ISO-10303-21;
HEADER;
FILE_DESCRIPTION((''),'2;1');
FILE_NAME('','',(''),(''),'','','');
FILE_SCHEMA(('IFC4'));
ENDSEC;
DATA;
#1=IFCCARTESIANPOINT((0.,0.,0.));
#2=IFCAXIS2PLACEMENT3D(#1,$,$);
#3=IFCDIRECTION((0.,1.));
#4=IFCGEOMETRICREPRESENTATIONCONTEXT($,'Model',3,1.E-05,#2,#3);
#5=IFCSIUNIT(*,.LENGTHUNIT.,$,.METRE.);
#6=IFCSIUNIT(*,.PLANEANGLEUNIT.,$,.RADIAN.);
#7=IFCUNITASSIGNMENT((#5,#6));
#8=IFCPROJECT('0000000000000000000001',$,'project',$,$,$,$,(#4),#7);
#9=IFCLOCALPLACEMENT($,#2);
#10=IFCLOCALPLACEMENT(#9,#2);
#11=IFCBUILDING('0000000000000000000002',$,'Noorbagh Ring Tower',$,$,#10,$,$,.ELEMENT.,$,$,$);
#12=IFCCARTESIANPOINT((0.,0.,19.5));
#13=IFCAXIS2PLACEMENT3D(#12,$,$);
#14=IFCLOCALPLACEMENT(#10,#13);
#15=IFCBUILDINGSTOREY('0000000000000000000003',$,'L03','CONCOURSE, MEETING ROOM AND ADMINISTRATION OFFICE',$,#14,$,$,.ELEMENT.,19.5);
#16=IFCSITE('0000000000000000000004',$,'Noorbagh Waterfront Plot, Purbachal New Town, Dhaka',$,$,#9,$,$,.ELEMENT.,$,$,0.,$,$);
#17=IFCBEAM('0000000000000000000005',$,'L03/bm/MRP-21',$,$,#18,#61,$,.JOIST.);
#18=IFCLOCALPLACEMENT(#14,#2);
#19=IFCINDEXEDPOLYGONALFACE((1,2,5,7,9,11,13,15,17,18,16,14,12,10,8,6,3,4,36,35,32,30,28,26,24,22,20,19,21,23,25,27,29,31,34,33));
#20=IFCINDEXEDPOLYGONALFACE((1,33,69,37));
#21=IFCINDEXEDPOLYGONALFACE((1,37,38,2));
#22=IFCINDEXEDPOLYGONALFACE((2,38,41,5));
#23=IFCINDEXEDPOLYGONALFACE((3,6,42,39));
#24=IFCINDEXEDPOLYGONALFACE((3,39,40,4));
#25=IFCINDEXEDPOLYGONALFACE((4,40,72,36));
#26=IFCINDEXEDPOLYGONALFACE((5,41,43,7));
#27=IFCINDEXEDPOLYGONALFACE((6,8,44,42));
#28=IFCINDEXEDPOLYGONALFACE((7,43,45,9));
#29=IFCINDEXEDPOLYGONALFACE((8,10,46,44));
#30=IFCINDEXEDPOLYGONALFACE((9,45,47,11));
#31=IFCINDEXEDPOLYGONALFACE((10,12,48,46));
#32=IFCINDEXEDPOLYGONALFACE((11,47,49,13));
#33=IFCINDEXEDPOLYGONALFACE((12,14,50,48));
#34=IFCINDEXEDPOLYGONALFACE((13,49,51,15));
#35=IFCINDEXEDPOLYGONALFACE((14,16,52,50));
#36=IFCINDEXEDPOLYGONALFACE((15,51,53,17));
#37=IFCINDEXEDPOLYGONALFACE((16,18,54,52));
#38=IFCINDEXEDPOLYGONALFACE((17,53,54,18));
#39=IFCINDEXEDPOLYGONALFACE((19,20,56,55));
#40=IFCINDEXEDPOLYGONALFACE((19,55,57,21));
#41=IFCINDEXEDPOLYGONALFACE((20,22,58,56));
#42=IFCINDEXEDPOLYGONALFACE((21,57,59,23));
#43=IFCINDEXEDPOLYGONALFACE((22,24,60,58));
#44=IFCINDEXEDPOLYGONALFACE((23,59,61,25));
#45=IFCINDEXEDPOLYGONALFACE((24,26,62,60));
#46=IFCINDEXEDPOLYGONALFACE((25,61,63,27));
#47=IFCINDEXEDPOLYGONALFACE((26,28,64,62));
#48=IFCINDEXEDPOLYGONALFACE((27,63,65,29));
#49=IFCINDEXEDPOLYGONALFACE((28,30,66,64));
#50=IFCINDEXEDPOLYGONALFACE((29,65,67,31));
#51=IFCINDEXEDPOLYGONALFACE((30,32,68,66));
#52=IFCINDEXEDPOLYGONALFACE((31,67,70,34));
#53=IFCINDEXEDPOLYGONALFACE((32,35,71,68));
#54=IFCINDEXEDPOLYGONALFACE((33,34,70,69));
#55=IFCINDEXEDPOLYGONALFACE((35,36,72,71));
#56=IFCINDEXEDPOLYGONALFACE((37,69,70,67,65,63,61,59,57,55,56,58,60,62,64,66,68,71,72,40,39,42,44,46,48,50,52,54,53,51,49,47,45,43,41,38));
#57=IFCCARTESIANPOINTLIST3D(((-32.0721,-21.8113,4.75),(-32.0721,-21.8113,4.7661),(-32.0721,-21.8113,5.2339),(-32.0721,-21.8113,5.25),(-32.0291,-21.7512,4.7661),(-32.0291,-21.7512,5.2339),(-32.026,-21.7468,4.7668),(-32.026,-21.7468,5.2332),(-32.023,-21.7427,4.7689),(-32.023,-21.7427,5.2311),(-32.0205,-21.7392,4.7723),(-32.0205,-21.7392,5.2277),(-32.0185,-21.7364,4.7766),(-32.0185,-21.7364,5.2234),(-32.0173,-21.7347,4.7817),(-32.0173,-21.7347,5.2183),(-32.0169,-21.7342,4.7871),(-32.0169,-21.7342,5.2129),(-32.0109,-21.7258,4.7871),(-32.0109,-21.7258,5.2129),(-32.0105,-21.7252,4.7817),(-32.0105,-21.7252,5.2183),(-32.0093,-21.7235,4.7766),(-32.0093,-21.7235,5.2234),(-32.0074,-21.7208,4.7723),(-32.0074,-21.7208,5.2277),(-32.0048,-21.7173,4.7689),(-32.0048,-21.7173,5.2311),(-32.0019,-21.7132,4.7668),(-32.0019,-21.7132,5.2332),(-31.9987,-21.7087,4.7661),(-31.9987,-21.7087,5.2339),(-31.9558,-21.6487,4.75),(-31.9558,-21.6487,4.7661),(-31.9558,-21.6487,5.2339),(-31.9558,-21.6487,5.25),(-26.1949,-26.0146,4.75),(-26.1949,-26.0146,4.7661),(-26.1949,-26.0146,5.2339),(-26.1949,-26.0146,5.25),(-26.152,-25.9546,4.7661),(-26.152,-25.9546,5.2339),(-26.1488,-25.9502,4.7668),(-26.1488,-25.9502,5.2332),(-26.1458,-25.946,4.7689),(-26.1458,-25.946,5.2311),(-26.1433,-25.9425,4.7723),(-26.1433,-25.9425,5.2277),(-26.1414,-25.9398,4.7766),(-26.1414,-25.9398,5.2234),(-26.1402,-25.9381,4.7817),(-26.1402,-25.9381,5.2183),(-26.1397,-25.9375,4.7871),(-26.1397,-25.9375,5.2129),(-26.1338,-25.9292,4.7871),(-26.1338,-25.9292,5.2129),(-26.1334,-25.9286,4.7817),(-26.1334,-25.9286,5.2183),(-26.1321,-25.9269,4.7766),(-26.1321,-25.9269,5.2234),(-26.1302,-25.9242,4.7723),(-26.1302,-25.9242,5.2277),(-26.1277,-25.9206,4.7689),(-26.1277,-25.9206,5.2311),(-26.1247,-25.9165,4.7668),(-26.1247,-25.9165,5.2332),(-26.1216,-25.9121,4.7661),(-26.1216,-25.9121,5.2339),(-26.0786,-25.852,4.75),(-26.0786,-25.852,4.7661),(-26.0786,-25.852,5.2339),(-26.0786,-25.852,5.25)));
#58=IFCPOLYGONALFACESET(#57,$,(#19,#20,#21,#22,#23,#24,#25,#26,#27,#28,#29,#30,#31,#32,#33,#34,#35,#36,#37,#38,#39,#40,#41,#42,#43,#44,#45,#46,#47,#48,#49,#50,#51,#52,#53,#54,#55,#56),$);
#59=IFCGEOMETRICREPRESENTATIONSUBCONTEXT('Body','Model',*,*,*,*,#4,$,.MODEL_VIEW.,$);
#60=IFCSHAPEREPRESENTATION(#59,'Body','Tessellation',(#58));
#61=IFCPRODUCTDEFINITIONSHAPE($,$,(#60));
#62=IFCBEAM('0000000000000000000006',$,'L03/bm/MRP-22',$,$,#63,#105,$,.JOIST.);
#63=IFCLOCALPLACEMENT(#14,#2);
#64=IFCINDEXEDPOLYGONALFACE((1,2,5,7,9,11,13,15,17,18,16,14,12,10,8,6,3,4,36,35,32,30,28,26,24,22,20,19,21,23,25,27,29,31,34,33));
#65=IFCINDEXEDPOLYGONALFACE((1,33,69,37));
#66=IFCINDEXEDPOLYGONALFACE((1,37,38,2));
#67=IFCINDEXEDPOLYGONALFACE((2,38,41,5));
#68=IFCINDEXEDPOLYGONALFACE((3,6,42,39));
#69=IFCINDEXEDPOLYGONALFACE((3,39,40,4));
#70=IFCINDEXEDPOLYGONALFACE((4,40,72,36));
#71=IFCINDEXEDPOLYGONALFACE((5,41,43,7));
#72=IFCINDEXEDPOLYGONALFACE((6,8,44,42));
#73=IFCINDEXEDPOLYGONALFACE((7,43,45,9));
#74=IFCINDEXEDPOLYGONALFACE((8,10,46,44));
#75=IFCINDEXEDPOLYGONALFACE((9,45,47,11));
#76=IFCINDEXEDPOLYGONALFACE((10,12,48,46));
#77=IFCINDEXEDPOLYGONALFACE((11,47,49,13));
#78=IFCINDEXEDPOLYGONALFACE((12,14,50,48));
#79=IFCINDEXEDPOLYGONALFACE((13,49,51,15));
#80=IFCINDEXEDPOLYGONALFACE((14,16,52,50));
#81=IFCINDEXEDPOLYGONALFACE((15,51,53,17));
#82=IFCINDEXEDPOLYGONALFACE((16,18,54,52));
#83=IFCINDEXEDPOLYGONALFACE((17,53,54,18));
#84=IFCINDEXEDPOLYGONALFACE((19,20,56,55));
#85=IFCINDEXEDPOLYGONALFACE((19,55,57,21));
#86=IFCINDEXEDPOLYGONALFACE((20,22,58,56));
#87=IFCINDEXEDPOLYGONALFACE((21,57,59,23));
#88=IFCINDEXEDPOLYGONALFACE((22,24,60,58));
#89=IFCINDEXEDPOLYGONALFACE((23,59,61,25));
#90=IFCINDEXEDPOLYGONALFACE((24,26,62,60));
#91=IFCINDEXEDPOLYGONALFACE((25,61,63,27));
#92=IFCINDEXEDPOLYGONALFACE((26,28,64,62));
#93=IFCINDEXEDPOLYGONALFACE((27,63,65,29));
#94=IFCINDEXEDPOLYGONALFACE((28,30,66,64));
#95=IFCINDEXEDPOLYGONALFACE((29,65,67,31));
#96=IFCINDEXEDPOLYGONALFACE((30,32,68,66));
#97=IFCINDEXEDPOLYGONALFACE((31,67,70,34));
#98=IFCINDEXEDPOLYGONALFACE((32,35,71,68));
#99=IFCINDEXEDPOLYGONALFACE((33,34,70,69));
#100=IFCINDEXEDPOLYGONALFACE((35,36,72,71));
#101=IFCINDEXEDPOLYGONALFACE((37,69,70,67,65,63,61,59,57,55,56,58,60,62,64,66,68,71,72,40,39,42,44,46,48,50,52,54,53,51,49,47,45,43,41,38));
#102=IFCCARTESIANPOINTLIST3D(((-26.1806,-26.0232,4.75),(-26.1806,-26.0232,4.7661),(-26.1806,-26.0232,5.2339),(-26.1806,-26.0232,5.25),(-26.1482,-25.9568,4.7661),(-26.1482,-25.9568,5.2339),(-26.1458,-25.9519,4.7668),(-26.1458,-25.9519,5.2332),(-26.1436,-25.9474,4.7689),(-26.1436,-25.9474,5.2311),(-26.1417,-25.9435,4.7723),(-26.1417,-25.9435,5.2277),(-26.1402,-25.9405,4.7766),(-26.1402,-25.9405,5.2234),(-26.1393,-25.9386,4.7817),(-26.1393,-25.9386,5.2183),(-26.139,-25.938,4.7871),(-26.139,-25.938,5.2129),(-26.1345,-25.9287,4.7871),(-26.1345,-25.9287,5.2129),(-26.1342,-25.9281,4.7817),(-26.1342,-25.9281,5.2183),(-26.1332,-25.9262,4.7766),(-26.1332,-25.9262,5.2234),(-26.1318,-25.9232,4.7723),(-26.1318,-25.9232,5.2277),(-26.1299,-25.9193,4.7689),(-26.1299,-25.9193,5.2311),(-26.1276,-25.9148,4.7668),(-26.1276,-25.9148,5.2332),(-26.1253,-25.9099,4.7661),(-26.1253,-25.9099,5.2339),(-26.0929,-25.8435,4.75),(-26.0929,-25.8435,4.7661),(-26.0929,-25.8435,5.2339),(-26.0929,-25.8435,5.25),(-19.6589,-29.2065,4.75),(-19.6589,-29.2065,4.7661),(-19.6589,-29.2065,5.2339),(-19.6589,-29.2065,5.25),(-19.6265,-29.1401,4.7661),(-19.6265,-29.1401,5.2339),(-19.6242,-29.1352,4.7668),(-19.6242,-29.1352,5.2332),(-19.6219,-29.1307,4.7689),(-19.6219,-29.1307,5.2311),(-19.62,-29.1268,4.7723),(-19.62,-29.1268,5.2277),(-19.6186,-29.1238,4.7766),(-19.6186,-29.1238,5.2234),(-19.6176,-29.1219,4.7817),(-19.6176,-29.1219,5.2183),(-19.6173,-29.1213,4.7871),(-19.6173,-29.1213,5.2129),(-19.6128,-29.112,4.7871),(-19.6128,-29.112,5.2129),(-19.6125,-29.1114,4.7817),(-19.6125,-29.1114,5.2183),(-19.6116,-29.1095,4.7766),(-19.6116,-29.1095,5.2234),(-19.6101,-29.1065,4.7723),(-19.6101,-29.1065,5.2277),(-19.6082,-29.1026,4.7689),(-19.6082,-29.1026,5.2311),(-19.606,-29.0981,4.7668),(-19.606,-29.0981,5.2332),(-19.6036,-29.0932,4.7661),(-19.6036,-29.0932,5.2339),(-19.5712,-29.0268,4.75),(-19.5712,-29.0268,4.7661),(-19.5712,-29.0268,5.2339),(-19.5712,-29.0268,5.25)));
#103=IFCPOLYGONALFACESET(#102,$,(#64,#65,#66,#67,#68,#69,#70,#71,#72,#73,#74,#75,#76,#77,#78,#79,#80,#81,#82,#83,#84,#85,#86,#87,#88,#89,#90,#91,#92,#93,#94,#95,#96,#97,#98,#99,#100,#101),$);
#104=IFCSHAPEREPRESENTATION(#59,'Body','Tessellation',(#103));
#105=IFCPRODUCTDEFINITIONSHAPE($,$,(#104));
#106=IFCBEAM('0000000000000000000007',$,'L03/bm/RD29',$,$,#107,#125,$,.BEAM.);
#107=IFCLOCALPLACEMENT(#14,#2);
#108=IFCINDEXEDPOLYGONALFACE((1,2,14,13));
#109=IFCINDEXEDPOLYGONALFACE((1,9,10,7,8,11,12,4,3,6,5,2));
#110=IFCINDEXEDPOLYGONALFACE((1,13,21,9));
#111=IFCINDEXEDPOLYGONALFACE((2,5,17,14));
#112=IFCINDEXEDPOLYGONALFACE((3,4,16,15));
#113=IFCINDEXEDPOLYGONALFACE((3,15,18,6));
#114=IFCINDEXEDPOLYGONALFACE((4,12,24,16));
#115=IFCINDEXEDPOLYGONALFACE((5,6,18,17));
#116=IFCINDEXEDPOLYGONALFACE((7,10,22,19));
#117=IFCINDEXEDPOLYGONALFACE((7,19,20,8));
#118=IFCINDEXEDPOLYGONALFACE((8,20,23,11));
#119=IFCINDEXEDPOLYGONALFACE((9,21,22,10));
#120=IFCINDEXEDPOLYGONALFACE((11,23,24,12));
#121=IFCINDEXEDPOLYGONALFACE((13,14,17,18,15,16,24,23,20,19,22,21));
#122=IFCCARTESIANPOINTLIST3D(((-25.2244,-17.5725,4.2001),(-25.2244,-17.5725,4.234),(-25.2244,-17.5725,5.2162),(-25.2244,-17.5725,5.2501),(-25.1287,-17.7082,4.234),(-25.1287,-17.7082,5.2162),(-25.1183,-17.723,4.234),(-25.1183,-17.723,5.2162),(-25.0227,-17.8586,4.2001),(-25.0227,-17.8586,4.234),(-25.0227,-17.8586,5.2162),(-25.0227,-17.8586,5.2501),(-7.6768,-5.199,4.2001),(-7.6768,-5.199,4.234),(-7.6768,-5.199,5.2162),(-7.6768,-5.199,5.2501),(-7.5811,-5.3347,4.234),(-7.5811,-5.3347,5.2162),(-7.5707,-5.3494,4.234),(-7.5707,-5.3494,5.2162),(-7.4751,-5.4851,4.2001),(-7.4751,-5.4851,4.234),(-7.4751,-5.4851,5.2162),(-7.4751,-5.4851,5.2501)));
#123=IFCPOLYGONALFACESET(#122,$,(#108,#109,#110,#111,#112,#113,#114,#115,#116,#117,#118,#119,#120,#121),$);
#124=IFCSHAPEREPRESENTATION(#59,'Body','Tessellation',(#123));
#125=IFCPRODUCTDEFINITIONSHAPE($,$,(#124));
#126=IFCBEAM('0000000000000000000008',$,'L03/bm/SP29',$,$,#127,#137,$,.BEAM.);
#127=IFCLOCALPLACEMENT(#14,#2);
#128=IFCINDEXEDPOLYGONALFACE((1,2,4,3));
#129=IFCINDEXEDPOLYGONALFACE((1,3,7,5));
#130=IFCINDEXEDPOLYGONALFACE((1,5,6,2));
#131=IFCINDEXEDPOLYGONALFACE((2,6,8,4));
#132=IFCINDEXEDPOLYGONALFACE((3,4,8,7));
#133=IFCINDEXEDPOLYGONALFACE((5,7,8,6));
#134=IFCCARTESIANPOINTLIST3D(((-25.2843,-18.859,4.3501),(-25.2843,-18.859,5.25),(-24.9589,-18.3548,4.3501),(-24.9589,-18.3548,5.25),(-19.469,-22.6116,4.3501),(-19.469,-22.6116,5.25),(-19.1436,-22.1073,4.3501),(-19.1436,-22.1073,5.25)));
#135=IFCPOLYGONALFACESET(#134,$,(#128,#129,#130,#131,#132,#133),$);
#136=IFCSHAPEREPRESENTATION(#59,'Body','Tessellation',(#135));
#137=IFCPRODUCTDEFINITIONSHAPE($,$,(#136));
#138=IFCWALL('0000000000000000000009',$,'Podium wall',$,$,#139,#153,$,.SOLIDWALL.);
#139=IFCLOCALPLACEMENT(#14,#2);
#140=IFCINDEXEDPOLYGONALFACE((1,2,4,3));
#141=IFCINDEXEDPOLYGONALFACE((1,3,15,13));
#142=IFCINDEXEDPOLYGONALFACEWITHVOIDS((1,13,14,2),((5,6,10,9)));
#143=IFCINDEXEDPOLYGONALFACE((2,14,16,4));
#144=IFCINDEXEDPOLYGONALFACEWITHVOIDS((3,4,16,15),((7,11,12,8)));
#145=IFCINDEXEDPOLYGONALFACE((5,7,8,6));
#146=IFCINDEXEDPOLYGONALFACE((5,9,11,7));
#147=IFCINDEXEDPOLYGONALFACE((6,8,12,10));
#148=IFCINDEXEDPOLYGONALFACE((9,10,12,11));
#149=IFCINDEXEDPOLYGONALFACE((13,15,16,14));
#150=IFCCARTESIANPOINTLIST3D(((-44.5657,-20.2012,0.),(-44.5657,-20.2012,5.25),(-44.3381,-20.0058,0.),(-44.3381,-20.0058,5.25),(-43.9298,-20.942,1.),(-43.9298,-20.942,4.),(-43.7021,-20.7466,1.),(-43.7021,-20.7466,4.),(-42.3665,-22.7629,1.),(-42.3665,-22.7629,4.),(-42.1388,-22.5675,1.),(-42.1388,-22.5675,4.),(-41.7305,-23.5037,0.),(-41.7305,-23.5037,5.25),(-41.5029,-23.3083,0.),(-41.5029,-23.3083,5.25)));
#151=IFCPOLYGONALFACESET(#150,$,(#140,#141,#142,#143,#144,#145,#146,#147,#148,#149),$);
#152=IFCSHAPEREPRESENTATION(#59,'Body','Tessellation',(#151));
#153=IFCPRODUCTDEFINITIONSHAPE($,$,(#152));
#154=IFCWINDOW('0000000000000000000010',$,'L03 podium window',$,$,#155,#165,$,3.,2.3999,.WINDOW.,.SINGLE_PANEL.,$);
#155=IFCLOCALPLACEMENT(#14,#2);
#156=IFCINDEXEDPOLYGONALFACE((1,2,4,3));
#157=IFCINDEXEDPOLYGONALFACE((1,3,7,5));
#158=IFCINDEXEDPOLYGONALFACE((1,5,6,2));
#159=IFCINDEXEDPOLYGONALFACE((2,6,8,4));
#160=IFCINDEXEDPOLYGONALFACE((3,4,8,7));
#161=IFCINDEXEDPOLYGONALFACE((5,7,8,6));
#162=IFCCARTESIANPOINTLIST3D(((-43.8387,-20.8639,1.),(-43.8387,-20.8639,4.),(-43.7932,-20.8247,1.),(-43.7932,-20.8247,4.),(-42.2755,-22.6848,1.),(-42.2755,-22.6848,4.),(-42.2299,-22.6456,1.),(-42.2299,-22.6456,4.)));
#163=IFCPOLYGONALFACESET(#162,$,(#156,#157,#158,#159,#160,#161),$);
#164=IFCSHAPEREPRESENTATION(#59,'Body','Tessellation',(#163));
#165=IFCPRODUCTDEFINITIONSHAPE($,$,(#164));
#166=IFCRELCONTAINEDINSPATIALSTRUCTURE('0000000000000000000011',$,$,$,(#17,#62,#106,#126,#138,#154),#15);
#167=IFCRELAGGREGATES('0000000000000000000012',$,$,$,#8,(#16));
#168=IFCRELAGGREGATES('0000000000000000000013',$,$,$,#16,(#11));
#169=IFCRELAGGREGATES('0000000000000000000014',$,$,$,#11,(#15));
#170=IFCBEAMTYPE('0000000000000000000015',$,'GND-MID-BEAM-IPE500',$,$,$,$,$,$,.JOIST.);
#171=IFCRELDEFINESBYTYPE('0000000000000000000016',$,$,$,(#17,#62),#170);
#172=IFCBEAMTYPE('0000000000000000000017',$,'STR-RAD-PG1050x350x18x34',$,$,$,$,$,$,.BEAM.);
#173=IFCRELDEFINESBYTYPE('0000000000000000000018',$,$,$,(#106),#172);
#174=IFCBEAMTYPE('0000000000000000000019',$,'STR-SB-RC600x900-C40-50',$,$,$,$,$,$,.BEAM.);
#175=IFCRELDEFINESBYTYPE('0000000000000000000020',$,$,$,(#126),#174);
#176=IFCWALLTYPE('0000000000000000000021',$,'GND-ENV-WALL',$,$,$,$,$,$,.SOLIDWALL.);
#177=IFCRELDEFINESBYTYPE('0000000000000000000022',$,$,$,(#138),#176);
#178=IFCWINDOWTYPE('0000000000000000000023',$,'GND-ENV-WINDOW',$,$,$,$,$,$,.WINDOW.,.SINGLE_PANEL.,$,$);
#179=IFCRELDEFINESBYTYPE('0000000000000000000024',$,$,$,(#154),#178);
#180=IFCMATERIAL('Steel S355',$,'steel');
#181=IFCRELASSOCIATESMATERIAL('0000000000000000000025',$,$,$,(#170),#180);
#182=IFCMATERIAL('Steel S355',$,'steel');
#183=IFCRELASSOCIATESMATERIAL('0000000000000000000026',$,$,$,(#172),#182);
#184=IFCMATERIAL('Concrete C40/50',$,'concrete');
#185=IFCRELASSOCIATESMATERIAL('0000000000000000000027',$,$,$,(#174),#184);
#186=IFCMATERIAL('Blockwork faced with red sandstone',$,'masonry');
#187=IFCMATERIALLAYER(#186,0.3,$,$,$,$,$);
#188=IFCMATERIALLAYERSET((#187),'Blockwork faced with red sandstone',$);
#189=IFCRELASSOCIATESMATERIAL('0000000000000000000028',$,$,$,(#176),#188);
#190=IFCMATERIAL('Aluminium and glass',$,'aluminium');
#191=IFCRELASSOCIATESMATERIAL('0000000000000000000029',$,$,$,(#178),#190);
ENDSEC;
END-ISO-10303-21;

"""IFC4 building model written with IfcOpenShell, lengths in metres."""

from ifc_helpers import new_model, si_unit, direction, frame, frame_2d, origin, origin_2d, place, context, subcontext, project, spatial, rectangle, i_section, extrude, material, layer, layer_set, material_profile, profile_set, type_object, element, fill, save


model = new_model("IFC4")

# Units and contexts
model_context = context("Model", 3, precision=1e-05, world=origin(), true_north=direction((0.0, 1.0)))
body_context = subcontext(model_context, "Body", "Model", "MODEL_VIEW")
ifc_project = project(units=[si_unit("LENGTHUNIT", "METRE"), si_unit("PLANEANGLEUNIT", "RADIAN")], contexts=[model_context])

# Site, building, storey
site_placement = place(None, origin())
site = spatial("IfcSite", under=ifc_project, at=site_placement, Name="Noorbagh Waterfront Plot, Purbachal New Town, Dhaka", CompositionType="ELEMENT", RefElevation=0.0)
building_placement = place(site_placement, origin())
building = spatial("IfcBuilding", under=site, at=building_placement, Name="Noorbagh Ring Tower", CompositionType="ELEMENT")
storey_placement = place(building_placement, frame((0.0, 0.0, 19.5)))
storey = spatial("IfcBuildingStorey", under=building, at=storey_placement, Name="L03", Description="CONCOURSE, MEETING ROOM AND ADMINISTRATION OFFICE", CompositionType="ELEMENT", Elevation=19.5)

# Beams
ifc_material_1 = material(Name="Steel S355", Category="steel")
ifc_material_profile_1 = material_profile(ifc_material_1, i_section(OverallWidth=0.2, OverallDepth=0.5, WebThickness=0.0103, FlangeThickness=0.0161, FilletRadius=0.021, at=origin_2d()), Name="IPE500")
ifc_profile_set_1 = profile_set([ifc_material_profile_1], Name="Steel S355")
beam_type_1 = type_object("IfcBeamType", Name="GND-MID-BEAM-IPE500", PredefinedType="JOIST", material=ifc_profile_set_1)
beam_1_placement = place(storey_placement, frame((-32.0139, -21.73, 5.0), z_axis=(0.813382, -0.58173, 0.0), x_axis=(0.58173, 0.813382, 0.0)))
element("IfcBeam", 1, at=beam_1_placement, inside=storey, type_object=beam_type_1, Name="L03/bm/MRP-21", PredefinedType="JOIST", context=body_context, shape_type="SweptSolid", body=[
    extrude(i_section(OverallWidth=0.2, OverallDepth=0.5, WebThickness=0.0103, FlangeThickness=0.0161, FilletRadius=0.021, at=origin_2d()), origin(), (0.0, 0.0, 1.0), 7.2256),
])
beam_2_placement = place(storey_placement, frame((-26.1367, -25.9333, 5.0), z_axis=(0.898659, -0.438648, 0.0), x_axis=(0.438648, 0.898659, 0.0)))
element("IfcBeam", 2, at=beam_2_placement, inside=storey, type_object=beam_type_1, Name="L03/bm/MRP-22", PredefinedType="JOIST", context=body_context, shape_type="SweptSolid", body=[
    extrude(i_section(OverallWidth=0.2, OverallDepth=0.5, WebThickness=0.0103, FlangeThickness=0.0161, FilletRadius=0.021, at=origin_2d()), origin(), (0.0, 0.0, 1.0), 7.2571),
])
ifc_material_2 = material(Name="Steel S355", Category="steel")
ifc_material_profile_2 = material_profile(ifc_material_2, i_section(OverallWidth=0.3501, OverallDepth=1.05, WebThickness=0.0181, FlangeThickness=0.0339, at=origin_2d()), Name="PG1050x350x18x34")
ifc_profile_set_2 = profile_set([ifc_material_profile_2], Name="Steel S355")
beam_type_2 = type_object("IfcBeamType", Name="STR-RAD-PG1050x350x18x34", PredefinedType="BEAM", material=ifc_profile_set_2)
beam_3_placement = place(storey_placement, frame((-25.1235, -17.7156, 4.7251), z_axis=(0.817253, 0.576279, 0.0), x_axis=(-0.576279, 0.817253, 0.0)))
element("IfcBeam", 3, at=beam_3_placement, inside=storey, type_object=beam_type_2, Name="L03/bm/RD29", PredefinedType="BEAM", context=body_context, shape_type="SweptSolid", body=[
    extrude(i_section(OverallWidth=0.3501, OverallDepth=1.05, WebThickness=0.0181, FlangeThickness=0.0339, at=origin_2d()), origin(), (0.0, 0.0, 1.0), 21.4714),
])
ifc_material_3 = material(Name="Concrete C40/50", Category="concrete")
ifc_material_profile_3 = material_profile(ifc_material_3, rectangle(XDim=0.6001, YDim=0.8999, at=origin_2d()), Name="RC600x900")
ifc_profile_set_3 = profile_set([ifc_material_profile_3], Name="Concrete C40/50")
beam_type_3 = type_object("IfcBeamType", Name="STR-SB-RC600x900-C40-50", PredefinedType="BEAM", material=ifc_profile_set_3)
beam_4_placement = place(storey_placement, frame((-25.1216, -18.6069, 4.8), z_axis=(0.84025, -0.542199, 0.0), x_axis=(0.542199, 0.84025, 0.0)))
element("IfcBeam", 4, at=beam_4_placement, inside=storey, type_object=beam_type_3, Name="L03/bm/SP29", PredefinedType="BEAM", context=body_context, shape_type="SweptSolid", body=[
    extrude(rectangle(XDim=0.6001, YDim=0.8999, at=origin_2d()), origin(), (0.0, 0.0, 1.0), 6.9209),
])

# Wall, opening, window
ifc_material_4 = material(Name="Blockwork faced with red sandstone", Category="masonry")
ifc_layer_1 = layer(ifc_material_4, 0.3)
ifc_layer_set_1 = layer_set([ifc_layer_1], Name="Blockwork faced with red sandstone")
wall_type_1 = type_object("IfcWallType", Name="GND-ENV-WALL", PredefinedType="SOLIDWALL", material=ifc_layer_set_1)
wall_1_placement = place(storey_placement, frame((-44.4519, -20.1035, 0.0), z_axis=(0.0, 0.0, 1.0), x_axis=(0.651387, -0.758746, 0.0)))
wall_1 = element("IfcWall", 5, at=wall_1_placement, inside=storey, type_object=wall_type_1, Name="Podium wall", PredefinedType="SOLIDWALL", context=body_context, shape_type="SweptSolid", body=[
    extrude(rectangle(XDim=4.3525, YDim=0.3, at=frame_2d((2.1763, 0.0))), origin(), (0.0, 0.0, 1.0), 5.25),
])
opening_1_placement = place(wall_1_placement, frame((0.9763, 0.0, 1.0)))
opening_1 = element("IfcOpeningElement", 6, at=opening_1_placement, cuts=wall_1, PredefinedType="OPENING", context=body_context, shape_type="SweptSolid", body=[
    extrude(rectangle(XDim=2.3999, YDim=3.0, at=frame_2d((1.2, 1.5))), frame((0.0, 0.1602, 0.0), z_axis=(0.0, -1.0, 0.0), x_axis=(1.0, 0.0, 0.0)), (0.0, 0.0, 1.0), 0.3201),
])
ifc_material_5 = material(Name="Aluminium and glass", Category="aluminium")
window_type = type_object("IfcWindowType", Name="GND-ENV-WINDOW", PartitioningType="SINGLE_PANEL", PredefinedType="WINDOW", material=ifc_material_5)
window_1_placement = place(opening_1_placement, origin())
window_1 = element("IfcWindow", 7, at=window_1_placement, inside=storey, type_object=window_type, Name="L03 podium window", OverallHeight=3.0, OverallWidth=2.3999, PartitioningType="SINGLE_PANEL", PredefinedType="WINDOW", context=body_context, shape_type="SweptSolid", body=[
    extrude(rectangle(XDim=2.3999, YDim=3.0, at=frame_2d((1.2, 1.5))), frame((0.0, 0.03, 0.0), z_axis=(0.0, -1.0, 0.0), x_axis=(1.0, 0.0, 0.0)), (0.0, 0.0, 1.0), 0.0601),
])
fill(opening_1, window_1)

save(model, "model.ifc")
